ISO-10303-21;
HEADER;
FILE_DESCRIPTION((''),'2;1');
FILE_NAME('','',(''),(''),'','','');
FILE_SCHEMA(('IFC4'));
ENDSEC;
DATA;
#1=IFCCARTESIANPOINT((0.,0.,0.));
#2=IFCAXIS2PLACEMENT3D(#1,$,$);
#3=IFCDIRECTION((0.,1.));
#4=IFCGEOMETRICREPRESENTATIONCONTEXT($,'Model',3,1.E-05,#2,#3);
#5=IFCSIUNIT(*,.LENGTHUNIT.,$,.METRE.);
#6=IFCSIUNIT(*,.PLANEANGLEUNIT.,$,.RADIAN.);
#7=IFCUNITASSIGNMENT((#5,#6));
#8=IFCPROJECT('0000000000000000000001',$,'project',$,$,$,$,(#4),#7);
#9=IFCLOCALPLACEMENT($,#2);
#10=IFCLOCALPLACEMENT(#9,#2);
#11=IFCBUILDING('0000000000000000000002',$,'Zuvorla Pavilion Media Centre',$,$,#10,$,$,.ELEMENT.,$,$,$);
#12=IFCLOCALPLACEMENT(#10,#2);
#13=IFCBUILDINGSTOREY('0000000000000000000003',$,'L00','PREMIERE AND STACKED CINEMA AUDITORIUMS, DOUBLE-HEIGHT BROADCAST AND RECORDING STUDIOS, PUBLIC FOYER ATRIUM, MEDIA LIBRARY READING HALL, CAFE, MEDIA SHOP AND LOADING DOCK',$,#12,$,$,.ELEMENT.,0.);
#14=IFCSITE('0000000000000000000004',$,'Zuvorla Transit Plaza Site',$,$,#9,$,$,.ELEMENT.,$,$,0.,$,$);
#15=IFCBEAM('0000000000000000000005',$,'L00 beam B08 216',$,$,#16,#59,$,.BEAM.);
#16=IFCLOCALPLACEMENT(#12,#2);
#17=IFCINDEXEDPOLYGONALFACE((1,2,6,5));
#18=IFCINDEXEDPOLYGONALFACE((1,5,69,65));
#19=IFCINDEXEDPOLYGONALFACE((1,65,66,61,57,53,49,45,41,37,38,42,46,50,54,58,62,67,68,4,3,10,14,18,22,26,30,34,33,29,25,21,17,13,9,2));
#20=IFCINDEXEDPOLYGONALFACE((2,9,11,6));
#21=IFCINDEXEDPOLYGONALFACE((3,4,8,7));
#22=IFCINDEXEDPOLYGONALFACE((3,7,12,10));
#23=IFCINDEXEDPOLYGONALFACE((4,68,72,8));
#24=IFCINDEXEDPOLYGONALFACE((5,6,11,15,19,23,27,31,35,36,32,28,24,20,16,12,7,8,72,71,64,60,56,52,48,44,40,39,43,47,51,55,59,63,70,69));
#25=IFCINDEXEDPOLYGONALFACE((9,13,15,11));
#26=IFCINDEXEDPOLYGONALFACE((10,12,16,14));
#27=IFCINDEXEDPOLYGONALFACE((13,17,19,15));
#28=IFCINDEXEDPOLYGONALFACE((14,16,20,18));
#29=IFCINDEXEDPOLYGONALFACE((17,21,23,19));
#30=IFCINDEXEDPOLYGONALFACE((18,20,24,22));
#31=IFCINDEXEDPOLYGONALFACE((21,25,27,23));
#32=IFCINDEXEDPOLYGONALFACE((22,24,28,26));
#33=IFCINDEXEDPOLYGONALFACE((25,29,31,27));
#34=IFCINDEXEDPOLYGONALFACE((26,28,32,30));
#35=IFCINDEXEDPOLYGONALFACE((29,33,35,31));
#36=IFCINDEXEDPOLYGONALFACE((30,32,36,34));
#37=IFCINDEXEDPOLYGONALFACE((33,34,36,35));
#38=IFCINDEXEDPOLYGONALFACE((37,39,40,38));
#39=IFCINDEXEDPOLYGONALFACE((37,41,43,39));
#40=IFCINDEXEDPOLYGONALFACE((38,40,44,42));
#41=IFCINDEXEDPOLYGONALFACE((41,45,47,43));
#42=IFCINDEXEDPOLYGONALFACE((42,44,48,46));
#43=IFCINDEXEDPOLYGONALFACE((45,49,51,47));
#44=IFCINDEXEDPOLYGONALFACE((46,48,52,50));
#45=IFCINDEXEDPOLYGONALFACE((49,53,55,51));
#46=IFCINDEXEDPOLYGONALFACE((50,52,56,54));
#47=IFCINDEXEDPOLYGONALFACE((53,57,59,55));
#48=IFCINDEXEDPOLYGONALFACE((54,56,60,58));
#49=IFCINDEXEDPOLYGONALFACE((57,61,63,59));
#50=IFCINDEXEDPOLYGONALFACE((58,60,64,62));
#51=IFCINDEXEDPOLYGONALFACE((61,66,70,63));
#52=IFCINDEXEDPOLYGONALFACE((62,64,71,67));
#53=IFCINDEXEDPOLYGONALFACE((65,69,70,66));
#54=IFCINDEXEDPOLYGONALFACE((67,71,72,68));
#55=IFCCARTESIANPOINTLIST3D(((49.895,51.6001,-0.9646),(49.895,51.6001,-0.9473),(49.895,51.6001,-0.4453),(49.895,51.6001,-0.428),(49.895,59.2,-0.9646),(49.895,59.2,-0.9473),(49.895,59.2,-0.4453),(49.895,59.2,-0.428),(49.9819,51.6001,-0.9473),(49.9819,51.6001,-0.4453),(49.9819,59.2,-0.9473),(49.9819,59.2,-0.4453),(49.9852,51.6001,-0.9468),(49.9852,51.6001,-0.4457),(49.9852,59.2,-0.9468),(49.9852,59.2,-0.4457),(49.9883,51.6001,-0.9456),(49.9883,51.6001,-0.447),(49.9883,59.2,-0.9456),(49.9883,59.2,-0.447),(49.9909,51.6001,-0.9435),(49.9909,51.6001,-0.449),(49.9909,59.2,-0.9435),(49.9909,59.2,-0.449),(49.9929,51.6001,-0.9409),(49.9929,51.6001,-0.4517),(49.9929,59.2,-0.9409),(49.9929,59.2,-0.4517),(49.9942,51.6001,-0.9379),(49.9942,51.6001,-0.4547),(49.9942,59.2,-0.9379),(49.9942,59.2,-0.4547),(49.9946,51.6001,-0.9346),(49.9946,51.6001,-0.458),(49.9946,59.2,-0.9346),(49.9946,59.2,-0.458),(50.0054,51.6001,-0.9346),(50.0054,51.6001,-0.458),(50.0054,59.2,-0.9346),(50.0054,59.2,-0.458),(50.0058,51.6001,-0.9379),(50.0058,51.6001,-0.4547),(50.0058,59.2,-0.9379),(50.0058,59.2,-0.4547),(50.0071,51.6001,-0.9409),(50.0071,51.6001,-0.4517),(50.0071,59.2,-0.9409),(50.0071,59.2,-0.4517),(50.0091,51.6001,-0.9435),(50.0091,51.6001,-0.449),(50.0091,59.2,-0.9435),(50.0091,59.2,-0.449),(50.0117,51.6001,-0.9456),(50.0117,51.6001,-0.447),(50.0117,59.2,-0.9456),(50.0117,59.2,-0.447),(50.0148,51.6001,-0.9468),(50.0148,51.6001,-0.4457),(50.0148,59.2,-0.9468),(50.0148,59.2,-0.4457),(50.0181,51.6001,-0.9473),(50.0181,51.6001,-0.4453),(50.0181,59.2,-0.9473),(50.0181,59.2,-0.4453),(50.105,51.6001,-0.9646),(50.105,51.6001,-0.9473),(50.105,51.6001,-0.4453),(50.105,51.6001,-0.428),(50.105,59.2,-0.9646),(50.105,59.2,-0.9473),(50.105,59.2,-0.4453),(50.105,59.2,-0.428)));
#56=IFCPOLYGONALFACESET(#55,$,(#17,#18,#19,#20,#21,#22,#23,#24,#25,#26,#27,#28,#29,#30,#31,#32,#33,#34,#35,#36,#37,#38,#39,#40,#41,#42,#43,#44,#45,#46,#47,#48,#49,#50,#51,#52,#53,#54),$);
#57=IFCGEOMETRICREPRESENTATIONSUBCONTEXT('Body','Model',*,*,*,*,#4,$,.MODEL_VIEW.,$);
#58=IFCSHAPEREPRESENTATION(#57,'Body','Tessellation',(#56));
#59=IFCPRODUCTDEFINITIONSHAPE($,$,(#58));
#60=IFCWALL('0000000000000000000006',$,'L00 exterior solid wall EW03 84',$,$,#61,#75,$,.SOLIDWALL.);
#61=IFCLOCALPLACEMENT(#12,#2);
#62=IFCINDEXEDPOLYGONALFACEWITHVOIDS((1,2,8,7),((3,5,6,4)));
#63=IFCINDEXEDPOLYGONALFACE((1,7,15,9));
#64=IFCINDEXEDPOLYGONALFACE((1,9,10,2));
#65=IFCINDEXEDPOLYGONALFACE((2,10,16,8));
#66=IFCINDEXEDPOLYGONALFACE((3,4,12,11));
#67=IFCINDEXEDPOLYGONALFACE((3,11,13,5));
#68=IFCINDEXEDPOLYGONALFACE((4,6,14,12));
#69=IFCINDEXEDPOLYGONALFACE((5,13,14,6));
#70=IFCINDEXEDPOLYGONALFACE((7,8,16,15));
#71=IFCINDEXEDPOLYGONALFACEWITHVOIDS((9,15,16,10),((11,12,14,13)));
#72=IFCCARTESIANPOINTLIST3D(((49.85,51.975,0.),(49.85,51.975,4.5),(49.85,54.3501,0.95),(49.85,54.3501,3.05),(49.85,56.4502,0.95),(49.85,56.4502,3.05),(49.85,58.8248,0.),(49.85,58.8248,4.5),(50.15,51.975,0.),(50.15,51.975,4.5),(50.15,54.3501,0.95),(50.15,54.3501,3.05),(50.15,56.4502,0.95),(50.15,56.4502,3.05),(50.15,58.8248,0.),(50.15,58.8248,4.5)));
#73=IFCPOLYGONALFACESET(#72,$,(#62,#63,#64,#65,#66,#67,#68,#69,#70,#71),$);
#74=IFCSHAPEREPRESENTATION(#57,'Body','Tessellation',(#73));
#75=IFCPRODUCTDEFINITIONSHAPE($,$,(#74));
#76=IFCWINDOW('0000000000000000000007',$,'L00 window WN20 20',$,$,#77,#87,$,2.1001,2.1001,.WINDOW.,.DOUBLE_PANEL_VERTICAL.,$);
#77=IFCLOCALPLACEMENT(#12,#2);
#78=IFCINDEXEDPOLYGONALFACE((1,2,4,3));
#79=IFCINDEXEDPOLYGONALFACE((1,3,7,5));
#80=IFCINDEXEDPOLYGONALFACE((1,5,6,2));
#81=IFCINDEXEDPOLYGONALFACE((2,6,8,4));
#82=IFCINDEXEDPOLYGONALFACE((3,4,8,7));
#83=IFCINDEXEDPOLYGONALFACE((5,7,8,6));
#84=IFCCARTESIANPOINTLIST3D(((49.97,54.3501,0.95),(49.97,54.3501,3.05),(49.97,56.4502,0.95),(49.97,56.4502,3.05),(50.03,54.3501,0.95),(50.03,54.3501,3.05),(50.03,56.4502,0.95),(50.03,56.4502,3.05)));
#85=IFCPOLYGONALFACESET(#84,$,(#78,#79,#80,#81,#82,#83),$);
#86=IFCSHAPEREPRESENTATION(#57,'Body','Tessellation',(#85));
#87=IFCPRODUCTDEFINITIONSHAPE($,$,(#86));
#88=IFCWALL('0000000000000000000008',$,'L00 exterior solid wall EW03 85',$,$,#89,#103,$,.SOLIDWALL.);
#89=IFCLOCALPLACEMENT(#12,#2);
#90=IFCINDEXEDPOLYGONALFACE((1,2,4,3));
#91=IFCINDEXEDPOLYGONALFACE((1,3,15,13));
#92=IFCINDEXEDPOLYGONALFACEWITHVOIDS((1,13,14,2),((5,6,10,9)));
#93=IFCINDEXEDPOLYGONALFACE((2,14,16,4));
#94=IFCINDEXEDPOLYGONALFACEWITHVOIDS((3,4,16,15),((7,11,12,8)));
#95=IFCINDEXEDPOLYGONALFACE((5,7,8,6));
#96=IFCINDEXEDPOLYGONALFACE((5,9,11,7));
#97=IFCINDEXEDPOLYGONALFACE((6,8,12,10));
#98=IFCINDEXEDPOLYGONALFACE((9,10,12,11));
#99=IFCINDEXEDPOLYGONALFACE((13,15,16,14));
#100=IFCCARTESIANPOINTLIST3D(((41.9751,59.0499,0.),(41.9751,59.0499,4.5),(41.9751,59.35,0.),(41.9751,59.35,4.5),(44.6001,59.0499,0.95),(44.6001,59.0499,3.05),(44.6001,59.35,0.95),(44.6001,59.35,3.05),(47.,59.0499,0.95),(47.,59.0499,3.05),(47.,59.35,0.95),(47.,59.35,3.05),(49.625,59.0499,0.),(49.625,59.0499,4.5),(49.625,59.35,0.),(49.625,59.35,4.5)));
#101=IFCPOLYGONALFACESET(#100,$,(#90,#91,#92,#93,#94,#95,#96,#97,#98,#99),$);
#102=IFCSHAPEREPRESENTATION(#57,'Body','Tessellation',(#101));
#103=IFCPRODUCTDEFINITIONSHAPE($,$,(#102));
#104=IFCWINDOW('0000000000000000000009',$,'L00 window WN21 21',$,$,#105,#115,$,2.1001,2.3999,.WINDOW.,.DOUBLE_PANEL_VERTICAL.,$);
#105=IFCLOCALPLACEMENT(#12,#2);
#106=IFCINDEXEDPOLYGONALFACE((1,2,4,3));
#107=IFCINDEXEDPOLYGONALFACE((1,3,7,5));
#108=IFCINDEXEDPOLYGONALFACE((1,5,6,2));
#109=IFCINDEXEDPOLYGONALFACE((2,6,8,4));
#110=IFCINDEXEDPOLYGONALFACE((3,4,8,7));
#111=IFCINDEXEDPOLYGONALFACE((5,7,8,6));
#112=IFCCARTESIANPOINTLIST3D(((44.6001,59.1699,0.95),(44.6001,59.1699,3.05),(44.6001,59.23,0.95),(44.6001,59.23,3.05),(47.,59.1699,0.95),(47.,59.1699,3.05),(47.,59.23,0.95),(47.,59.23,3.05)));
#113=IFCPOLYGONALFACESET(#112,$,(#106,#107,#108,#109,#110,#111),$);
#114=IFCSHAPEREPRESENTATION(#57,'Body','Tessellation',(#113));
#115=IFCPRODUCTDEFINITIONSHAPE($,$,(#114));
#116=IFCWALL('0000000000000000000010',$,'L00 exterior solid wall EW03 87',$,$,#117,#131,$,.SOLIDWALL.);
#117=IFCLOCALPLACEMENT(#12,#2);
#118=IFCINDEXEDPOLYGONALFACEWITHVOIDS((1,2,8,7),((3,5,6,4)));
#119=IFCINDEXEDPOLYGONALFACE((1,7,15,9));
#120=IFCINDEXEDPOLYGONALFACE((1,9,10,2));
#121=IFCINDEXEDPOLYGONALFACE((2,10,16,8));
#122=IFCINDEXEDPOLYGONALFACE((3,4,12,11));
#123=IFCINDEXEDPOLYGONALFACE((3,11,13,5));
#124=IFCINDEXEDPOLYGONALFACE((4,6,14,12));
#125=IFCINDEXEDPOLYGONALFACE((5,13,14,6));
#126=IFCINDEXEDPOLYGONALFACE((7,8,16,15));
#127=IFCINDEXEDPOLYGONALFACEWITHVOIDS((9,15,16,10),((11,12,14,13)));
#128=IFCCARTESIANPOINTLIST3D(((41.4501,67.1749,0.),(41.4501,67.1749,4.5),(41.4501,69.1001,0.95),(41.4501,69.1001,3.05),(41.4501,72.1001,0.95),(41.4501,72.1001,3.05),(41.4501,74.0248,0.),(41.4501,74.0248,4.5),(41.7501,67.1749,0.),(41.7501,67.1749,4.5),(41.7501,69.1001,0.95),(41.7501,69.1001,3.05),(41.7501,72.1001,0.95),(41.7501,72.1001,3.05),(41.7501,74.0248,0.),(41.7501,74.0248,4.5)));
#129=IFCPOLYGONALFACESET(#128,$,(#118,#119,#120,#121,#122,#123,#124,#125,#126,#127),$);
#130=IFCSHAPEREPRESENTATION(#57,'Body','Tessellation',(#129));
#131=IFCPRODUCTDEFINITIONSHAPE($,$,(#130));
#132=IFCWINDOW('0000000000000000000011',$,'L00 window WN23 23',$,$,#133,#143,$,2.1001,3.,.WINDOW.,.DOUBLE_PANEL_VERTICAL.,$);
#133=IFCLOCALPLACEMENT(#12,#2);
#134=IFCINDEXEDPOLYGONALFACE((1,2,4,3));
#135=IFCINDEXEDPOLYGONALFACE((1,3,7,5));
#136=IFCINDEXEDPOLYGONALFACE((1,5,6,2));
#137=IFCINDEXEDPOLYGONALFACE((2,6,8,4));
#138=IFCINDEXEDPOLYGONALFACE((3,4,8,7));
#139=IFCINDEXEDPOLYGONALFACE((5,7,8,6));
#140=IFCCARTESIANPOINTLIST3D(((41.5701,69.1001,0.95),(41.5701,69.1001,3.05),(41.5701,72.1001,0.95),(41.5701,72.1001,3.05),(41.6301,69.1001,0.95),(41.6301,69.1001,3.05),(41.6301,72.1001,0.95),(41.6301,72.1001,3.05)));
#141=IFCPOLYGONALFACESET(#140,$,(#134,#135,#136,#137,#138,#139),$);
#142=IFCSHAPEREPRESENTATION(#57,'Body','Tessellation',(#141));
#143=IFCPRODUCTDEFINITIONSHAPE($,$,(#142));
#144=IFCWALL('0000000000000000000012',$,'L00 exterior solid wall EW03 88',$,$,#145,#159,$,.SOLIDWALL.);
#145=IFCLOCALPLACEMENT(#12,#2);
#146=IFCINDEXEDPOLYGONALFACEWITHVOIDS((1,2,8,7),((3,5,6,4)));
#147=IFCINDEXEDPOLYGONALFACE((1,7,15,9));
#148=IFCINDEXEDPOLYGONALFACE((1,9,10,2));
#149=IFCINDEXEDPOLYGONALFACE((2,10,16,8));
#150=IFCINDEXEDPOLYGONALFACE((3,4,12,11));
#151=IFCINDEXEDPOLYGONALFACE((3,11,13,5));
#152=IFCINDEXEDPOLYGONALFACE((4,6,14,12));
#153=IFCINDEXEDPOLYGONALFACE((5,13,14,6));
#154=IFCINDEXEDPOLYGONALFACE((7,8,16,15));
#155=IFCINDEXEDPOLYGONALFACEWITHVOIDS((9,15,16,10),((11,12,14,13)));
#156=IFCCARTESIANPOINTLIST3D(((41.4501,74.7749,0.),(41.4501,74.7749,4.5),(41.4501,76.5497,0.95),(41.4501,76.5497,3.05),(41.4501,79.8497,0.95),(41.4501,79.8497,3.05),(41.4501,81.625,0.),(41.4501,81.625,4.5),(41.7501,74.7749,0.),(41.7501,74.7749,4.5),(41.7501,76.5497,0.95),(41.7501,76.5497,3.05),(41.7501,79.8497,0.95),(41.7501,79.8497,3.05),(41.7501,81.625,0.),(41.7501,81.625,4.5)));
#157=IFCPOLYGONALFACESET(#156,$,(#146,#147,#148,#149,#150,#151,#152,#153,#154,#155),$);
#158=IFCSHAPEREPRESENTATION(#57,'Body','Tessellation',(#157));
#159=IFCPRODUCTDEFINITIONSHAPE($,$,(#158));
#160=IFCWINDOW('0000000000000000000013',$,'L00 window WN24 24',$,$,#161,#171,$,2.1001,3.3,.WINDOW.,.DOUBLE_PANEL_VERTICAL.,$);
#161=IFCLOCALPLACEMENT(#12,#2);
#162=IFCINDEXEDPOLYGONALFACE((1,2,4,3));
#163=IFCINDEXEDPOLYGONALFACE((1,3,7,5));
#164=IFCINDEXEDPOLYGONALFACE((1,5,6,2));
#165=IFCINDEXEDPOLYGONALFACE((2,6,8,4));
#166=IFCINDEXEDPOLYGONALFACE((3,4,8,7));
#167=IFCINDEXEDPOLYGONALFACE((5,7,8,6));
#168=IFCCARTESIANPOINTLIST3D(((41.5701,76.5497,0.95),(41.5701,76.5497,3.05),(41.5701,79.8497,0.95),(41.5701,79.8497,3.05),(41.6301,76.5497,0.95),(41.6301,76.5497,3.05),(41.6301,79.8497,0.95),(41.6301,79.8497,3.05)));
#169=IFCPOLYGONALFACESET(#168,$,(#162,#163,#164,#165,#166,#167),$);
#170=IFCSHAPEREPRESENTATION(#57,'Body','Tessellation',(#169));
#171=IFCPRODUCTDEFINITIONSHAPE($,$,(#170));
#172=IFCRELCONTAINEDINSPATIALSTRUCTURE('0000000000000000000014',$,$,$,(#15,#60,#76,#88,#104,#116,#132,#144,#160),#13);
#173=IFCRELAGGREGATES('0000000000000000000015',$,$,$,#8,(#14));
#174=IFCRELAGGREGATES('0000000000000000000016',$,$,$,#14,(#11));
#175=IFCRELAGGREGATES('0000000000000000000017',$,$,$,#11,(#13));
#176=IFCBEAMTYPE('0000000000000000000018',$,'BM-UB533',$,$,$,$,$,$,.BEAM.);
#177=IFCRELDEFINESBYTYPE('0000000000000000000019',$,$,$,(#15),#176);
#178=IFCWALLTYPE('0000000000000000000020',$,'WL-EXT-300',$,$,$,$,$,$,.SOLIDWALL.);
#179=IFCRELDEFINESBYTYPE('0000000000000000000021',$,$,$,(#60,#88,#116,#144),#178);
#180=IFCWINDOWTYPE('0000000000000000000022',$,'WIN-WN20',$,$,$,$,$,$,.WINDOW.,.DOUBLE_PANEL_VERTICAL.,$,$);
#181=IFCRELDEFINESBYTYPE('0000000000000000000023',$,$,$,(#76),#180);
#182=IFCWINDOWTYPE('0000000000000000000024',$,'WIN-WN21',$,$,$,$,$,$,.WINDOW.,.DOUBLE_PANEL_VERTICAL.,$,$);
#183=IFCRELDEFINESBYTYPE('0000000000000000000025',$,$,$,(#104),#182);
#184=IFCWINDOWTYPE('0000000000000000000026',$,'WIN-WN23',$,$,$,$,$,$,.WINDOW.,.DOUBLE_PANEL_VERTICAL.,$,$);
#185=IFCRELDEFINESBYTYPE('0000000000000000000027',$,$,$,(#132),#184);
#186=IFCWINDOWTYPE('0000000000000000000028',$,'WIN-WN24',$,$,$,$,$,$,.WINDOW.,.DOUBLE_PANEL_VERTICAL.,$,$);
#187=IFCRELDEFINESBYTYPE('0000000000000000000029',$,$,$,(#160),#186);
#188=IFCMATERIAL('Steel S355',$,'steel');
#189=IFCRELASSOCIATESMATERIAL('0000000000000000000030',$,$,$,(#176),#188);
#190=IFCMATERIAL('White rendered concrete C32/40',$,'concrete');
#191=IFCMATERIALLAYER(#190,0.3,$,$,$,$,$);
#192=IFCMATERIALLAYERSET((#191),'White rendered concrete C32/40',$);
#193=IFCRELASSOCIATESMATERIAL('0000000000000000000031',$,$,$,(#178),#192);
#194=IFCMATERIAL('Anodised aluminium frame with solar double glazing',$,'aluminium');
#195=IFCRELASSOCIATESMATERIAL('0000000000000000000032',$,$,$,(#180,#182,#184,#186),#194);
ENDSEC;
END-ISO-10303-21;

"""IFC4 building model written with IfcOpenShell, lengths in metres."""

from ifc_helpers import new_model, si_unit, direction, frame, frame_2d, origin, origin_2d, place, context, subcontext, project, spatial, rectangle, i_section, extrude, material, layer, layer_set, material_profile, profile_set, type_object, element, fill, save


model = new_model("IFC4")

# Units and contexts
model_context = context("Model", 3, precision=1e-05, world=origin(), true_north=direction((0.0, 1.0)))
body_context = subcontext(model_context, "Body", "Model", "MODEL_VIEW")
ifc_project = project(units=[si_unit("LENGTHUNIT", "METRE"), si_unit("PLANEANGLEUNIT", "RADIAN")], contexts=[model_context])

# Site, building, storey
site_placement = place(None, origin())
site = spatial("IfcSite", under=ifc_project, at=site_placement, Name="Zuvorla Transit Plaza Site", CompositionType="ELEMENT", RefElevation=0.0)
building_placement = place(site_placement, origin())
building = spatial("IfcBuilding", under=site, at=building_placement, Name="Zuvorla Pavilion Media Centre", CompositionType="ELEMENT")
storey_placement = place(building_placement, origin())
storey = spatial("IfcBuildingStorey", under=building, at=storey_placement, Name="L00", Description="PREMIERE AND STACKED CINEMA AUDITORIUMS, DOUBLE-HEIGHT BROADCAST AND RECORDING STUDIOS, PUBLIC FOYER ATRIUM, MEDIA LIBRARY READING HALL, CAFE, MEDIA SHOP AND LOADING DOCK", CompositionType="ELEMENT", Elevation=0.0)

# Beam
ifc_material_1 = material(Name="Steel S355", Category="steel")
ifc_material_profile_1 = material_profile(ifc_material_1, i_section(OverallWidth=0.21, OverallDepth=0.5366, WebThickness=0.0107, FlangeThickness=0.0173, FilletRadius=0.0127, at=origin_2d()), Name="UB 533x210x101")
ifc_profile_set_1 = profile_set([ifc_material_profile_1], Name="Steel S355")
beam_type_1 = type_object("IfcBeamType", Name="BM-UB533", PredefinedType="BEAM", material=ifc_profile_set_1)
beam_1_placement = place(storey_placement, frame((50.0, 51.6001, -0.6963), z_axis=(0.0, 1.0, 0.0), x_axis=(-1.0, 0.0, 0.0)))
element("IfcBeam", 1, at=beam_1_placement, inside=storey, type_object=beam_type_1, Name="L00 beam B08 216", PredefinedType="BEAM", context=body_context, shape_type="SweptSolid", body=[
    extrude(i_section(OverallWidth=0.21, OverallDepth=0.5366, WebThickness=0.0107, FlangeThickness=0.0173, FilletRadius=0.0127, at=origin_2d()), origin(), (0.0, 0.0, 1.0), 7.5999),
])

# Walls, openings, windows
ifc_material_2 = material(Name="White rendered concrete C32/40", Category="concrete")
ifc_layer = layer(ifc_material_2, 0.3)
ifc_layer_set = layer_set([ifc_layer], Name="White rendered concrete C32/40")
wall_type = type_object("IfcWallType", Name="WL-EXT-300", PredefinedType="SOLIDWALL", material=ifc_layer_set)
wall_1_placement = place(storey_placement, frame((50.0, 51.9751, 0.0), z_axis=(0.0, 0.0, 1.0), x_axis=(0.0, 1.0, 0.0)))
wall_1 = element("IfcWall", 2, at=wall_1_placement, inside=storey, type_object=wall_type, Name="L00 exterior solid wall EW03 84", PredefinedType="SOLIDWALL", context=body_context, shape_type="SweptSolid", body=[
    extrude(rectangle(XDim=6.8499, YDim=0.3, at=frame_2d((3.4248, 0.0))), origin(), (0.0, 0.0, 1.0), 4.5),
])
opening_1_placement = place(wall_1_placement, frame((2.375, 0.0, 0.95)))
opening_1 = element("IfcOpeningElement", 3, at=opening_1_placement, cuts=wall_1, PredefinedType="OPENING", context=body_context, shape_type="SweptSolid", body=[
    extrude(rectangle(XDim=2.1001, YDim=2.1001, at=frame_2d((1.05, 1.05))), frame((0.0, 0.1599, 0.0), z_axis=(0.0, -1.0, 0.0), x_axis=(1.0, 0.0, 0.0)), (0.0, 0.0, 1.0), 0.3201),
])
ifc_material_3 = material(Name="Anodised aluminium frame with solar double glazing", Category="aluminium")
window_type_1 = type_object("IfcWindowType", Name="WIN-WN20", PartitioningType="DOUBLE_PANEL_VERTICAL", PredefinedType="WINDOW", material=ifc_material_3)
window_1_placement = place(opening_1_placement, origin())
window_1 = element("IfcWindow", 4, at=window_1_placement, inside=storey, type_object=window_type_1, Name="L00 window WN20 20", OverallHeight=2.1001, OverallWidth=2.1001, PartitioningType="DOUBLE_PANEL_VERTICAL", PredefinedType="WINDOW", context=body_context, shape_type="SweptSolid", body=[
    extrude(rectangle(XDim=2.1001, YDim=2.1001, at=frame_2d((1.05, 1.05))), frame((0.0, 0.03, 0.0), z_axis=(0.0, -1.0, 0.0), x_axis=(1.0, 0.0, 0.0)), (0.0, 0.0, 1.0), 0.0601),
])
fill(opening_1, window_1)
wall_2_placement = place(storey_placement, frame((49.625, 59.2, 0.0), z_axis=(0.0, 0.0, 1.0), x_axis=(-1.0, 0.0, 0.0)))
wall_2 = element("IfcWall", 5, at=wall_2_placement, inside=storey, type_object=wall_type, Name="L00 exterior solid wall EW03 85", PredefinedType="SOLIDWALL", context=body_context, shape_type="SweptSolid", body=[
    extrude(rectangle(XDim=7.6499, YDim=0.3, at=frame_2d((3.825, 0.0))), origin(), (0.0, 0.0, 1.0), 4.5),
])
opening_2_placement = place(wall_2_placement, frame((2.625, 0.0, 0.95)))
opening_2 = element("IfcOpeningElement", 6, at=opening_2_placement, cuts=wall_2, PredefinedType="OPENING", context=body_context, shape_type="SweptSolid", body=[
    extrude(rectangle(XDim=2.3999, YDim=2.1001, at=frame_2d((1.2, 1.05))), frame((0.0, 0.1599, 0.0), z_axis=(0.0, -1.0, 0.0), x_axis=(1.0, 0.0, 0.0)), (0.0, 0.0, 1.0), 0.3201),
])
window_type_2 = type_object("IfcWindowType", Name="WIN-WN21", PartitioningType="DOUBLE_PANEL_VERTICAL", PredefinedType="WINDOW", material=ifc_material_3)
window_2_placement = place(opening_2_placement, origin())
window_2 = element("IfcWindow", 7, at=window_2_placement, inside=storey, type_object=window_type_2, Name="L00 window WN21 21", OverallHeight=2.1001, OverallWidth=2.3999, PartitioningType="DOUBLE_PANEL_VERTICAL", PredefinedType="WINDOW", context=body_context, shape_type="SweptSolid", body=[
    extrude(rectangle(XDim=2.3999, YDim=2.1001, at=frame_2d((1.2, 1.05))), frame((0.0, 0.03, 0.0), z_axis=(0.0, -1.0, 0.0), x_axis=(1.0, 0.0, 0.0)), (0.0, 0.0, 1.0), 0.0601),
])
fill(opening_2, window_2)
wall_3_placement = place(storey_placement, frame((41.6001, 67.175, 0.0), z_axis=(0.0, 0.0, 1.0), x_axis=(0.0, 1.0, 0.0)))
wall_3 = element("IfcWall", 8, at=wall_3_placement, inside=storey, type_object=wall_type, Name="L00 exterior solid wall EW03 87", PredefinedType="SOLIDWALL", context=body_context, shape_type="SweptSolid", body=[
    extrude(rectangle(XDim=6.8499, YDim=0.3, at=frame_2d((3.4248, 0.0))), origin(), (0.0, 0.0, 1.0), 4.5),
])
opening_3_placement = place(wall_3_placement, frame((1.925, 0.0, 0.95)))
opening_3 = element("IfcOpeningElement", 9, at=opening_3_placement, cuts=wall_3, PredefinedType="OPENING", context=body_context, shape_type="SweptSolid", body=[
    extrude(rectangle(XDim=3.0, YDim=2.1001, at=frame_2d((1.5, 1.05))), frame((0.0, 0.1599, 0.0), z_axis=(0.0, -1.0, 0.0), x_axis=(1.0, 0.0, 0.0)), (0.0, 0.0, 1.0), 0.3201),
])
window_type_3 = type_object("IfcWindowType", Name="WIN-WN23", PartitioningType="DOUBLE_PANEL_VERTICAL", PredefinedType="WINDOW", material=ifc_material_3)
window_3_placement = place(opening_3_placement, origin())
window_3 = element("IfcWindow", 10, at=window_3_placement, inside=storey, type_object=window_type_3, Name="L00 window WN23 23", OverallHeight=2.1001, OverallWidth=3.0, PartitioningType="DOUBLE_PANEL_VERTICAL", PredefinedType="WINDOW", context=body_context, shape_type="SweptSolid", body=[
    extrude(rectangle(XDim=3.0, YDim=2.1001, at=frame_2d((1.5, 1.05))), frame((0.0, 0.03, 0.0), z_axis=(0.0, -1.0, 0.0), x_axis=(1.0, 0.0, 0.0)), (0.0, 0.0, 1.0), 0.0601),
])
fill(opening_3, window_3)
wall_4_placement = place(storey_placement, frame((41.6001, 74.7749, 0.0), z_axis=(0.0, 0.0, 1.0), x_axis=(0.0, 1.0, 0.0)))
wall_4 = element("IfcWall", 11, at=wall_4_placement, inside=storey, type_object=wall_type, Name="L00 exterior solid wall EW03 88", PredefinedType="SOLIDWALL", context=body_context, shape_type="SweptSolid", body=[
    extrude(rectangle(XDim=6.8501, YDim=0.3, at=frame_2d((3.425, 0.0))), origin(), (0.0, 0.0, 1.0), 4.5),
])
opening_4_placement = place(wall_4_placement, frame((1.7749, 0.0, 0.95)))
opening_4 = element("IfcOpeningElement", 12, at=opening_4_placement, cuts=wall_4, PredefinedType="OPENING", context=body_context, shape_type="SweptSolid", body=[
    extrude(rectangle(XDim=3.3, YDim=2.1001, at=frame_2d((1.6499, 1.05))), frame((0.0, 0.1599, 0.0), z_axis=(0.0, -1.0, 0.0), x_axis=(1.0, 0.0, 0.0)), (0.0, 0.0, 1.0), 0.3201),
])
window_type_4 = type_object("IfcWindowType", Name="WIN-WN24", PartitioningType="DOUBLE_PANEL_VERTICAL", PredefinedType="WINDOW", material=ifc_material_3)
window_4_placement = place(opening_4_placement, origin())
window_4 = element("IfcWindow", 13, at=window_4_placement, inside=storey, type_object=window_type_4, Name="L00 window WN24 24", OverallHeight=2.1001, OverallWidth=3.3, PartitioningType="DOUBLE_PANEL_VERTICAL", PredefinedType="WINDOW", context=body_context, shape_type="SweptSolid", body=[
    extrude(rectangle(XDim=3.3, YDim=2.1001, at=frame_2d((1.6499, 1.05))), frame((0.0, 0.03, 0.0), z_axis=(0.0, -1.0, 0.0), x_axis=(1.0, 0.0, 0.0)), (0.0, 0.0, 1.0), 0.0601),
])
fill(opening_4, window_4)

save(model, "model.ifc")
